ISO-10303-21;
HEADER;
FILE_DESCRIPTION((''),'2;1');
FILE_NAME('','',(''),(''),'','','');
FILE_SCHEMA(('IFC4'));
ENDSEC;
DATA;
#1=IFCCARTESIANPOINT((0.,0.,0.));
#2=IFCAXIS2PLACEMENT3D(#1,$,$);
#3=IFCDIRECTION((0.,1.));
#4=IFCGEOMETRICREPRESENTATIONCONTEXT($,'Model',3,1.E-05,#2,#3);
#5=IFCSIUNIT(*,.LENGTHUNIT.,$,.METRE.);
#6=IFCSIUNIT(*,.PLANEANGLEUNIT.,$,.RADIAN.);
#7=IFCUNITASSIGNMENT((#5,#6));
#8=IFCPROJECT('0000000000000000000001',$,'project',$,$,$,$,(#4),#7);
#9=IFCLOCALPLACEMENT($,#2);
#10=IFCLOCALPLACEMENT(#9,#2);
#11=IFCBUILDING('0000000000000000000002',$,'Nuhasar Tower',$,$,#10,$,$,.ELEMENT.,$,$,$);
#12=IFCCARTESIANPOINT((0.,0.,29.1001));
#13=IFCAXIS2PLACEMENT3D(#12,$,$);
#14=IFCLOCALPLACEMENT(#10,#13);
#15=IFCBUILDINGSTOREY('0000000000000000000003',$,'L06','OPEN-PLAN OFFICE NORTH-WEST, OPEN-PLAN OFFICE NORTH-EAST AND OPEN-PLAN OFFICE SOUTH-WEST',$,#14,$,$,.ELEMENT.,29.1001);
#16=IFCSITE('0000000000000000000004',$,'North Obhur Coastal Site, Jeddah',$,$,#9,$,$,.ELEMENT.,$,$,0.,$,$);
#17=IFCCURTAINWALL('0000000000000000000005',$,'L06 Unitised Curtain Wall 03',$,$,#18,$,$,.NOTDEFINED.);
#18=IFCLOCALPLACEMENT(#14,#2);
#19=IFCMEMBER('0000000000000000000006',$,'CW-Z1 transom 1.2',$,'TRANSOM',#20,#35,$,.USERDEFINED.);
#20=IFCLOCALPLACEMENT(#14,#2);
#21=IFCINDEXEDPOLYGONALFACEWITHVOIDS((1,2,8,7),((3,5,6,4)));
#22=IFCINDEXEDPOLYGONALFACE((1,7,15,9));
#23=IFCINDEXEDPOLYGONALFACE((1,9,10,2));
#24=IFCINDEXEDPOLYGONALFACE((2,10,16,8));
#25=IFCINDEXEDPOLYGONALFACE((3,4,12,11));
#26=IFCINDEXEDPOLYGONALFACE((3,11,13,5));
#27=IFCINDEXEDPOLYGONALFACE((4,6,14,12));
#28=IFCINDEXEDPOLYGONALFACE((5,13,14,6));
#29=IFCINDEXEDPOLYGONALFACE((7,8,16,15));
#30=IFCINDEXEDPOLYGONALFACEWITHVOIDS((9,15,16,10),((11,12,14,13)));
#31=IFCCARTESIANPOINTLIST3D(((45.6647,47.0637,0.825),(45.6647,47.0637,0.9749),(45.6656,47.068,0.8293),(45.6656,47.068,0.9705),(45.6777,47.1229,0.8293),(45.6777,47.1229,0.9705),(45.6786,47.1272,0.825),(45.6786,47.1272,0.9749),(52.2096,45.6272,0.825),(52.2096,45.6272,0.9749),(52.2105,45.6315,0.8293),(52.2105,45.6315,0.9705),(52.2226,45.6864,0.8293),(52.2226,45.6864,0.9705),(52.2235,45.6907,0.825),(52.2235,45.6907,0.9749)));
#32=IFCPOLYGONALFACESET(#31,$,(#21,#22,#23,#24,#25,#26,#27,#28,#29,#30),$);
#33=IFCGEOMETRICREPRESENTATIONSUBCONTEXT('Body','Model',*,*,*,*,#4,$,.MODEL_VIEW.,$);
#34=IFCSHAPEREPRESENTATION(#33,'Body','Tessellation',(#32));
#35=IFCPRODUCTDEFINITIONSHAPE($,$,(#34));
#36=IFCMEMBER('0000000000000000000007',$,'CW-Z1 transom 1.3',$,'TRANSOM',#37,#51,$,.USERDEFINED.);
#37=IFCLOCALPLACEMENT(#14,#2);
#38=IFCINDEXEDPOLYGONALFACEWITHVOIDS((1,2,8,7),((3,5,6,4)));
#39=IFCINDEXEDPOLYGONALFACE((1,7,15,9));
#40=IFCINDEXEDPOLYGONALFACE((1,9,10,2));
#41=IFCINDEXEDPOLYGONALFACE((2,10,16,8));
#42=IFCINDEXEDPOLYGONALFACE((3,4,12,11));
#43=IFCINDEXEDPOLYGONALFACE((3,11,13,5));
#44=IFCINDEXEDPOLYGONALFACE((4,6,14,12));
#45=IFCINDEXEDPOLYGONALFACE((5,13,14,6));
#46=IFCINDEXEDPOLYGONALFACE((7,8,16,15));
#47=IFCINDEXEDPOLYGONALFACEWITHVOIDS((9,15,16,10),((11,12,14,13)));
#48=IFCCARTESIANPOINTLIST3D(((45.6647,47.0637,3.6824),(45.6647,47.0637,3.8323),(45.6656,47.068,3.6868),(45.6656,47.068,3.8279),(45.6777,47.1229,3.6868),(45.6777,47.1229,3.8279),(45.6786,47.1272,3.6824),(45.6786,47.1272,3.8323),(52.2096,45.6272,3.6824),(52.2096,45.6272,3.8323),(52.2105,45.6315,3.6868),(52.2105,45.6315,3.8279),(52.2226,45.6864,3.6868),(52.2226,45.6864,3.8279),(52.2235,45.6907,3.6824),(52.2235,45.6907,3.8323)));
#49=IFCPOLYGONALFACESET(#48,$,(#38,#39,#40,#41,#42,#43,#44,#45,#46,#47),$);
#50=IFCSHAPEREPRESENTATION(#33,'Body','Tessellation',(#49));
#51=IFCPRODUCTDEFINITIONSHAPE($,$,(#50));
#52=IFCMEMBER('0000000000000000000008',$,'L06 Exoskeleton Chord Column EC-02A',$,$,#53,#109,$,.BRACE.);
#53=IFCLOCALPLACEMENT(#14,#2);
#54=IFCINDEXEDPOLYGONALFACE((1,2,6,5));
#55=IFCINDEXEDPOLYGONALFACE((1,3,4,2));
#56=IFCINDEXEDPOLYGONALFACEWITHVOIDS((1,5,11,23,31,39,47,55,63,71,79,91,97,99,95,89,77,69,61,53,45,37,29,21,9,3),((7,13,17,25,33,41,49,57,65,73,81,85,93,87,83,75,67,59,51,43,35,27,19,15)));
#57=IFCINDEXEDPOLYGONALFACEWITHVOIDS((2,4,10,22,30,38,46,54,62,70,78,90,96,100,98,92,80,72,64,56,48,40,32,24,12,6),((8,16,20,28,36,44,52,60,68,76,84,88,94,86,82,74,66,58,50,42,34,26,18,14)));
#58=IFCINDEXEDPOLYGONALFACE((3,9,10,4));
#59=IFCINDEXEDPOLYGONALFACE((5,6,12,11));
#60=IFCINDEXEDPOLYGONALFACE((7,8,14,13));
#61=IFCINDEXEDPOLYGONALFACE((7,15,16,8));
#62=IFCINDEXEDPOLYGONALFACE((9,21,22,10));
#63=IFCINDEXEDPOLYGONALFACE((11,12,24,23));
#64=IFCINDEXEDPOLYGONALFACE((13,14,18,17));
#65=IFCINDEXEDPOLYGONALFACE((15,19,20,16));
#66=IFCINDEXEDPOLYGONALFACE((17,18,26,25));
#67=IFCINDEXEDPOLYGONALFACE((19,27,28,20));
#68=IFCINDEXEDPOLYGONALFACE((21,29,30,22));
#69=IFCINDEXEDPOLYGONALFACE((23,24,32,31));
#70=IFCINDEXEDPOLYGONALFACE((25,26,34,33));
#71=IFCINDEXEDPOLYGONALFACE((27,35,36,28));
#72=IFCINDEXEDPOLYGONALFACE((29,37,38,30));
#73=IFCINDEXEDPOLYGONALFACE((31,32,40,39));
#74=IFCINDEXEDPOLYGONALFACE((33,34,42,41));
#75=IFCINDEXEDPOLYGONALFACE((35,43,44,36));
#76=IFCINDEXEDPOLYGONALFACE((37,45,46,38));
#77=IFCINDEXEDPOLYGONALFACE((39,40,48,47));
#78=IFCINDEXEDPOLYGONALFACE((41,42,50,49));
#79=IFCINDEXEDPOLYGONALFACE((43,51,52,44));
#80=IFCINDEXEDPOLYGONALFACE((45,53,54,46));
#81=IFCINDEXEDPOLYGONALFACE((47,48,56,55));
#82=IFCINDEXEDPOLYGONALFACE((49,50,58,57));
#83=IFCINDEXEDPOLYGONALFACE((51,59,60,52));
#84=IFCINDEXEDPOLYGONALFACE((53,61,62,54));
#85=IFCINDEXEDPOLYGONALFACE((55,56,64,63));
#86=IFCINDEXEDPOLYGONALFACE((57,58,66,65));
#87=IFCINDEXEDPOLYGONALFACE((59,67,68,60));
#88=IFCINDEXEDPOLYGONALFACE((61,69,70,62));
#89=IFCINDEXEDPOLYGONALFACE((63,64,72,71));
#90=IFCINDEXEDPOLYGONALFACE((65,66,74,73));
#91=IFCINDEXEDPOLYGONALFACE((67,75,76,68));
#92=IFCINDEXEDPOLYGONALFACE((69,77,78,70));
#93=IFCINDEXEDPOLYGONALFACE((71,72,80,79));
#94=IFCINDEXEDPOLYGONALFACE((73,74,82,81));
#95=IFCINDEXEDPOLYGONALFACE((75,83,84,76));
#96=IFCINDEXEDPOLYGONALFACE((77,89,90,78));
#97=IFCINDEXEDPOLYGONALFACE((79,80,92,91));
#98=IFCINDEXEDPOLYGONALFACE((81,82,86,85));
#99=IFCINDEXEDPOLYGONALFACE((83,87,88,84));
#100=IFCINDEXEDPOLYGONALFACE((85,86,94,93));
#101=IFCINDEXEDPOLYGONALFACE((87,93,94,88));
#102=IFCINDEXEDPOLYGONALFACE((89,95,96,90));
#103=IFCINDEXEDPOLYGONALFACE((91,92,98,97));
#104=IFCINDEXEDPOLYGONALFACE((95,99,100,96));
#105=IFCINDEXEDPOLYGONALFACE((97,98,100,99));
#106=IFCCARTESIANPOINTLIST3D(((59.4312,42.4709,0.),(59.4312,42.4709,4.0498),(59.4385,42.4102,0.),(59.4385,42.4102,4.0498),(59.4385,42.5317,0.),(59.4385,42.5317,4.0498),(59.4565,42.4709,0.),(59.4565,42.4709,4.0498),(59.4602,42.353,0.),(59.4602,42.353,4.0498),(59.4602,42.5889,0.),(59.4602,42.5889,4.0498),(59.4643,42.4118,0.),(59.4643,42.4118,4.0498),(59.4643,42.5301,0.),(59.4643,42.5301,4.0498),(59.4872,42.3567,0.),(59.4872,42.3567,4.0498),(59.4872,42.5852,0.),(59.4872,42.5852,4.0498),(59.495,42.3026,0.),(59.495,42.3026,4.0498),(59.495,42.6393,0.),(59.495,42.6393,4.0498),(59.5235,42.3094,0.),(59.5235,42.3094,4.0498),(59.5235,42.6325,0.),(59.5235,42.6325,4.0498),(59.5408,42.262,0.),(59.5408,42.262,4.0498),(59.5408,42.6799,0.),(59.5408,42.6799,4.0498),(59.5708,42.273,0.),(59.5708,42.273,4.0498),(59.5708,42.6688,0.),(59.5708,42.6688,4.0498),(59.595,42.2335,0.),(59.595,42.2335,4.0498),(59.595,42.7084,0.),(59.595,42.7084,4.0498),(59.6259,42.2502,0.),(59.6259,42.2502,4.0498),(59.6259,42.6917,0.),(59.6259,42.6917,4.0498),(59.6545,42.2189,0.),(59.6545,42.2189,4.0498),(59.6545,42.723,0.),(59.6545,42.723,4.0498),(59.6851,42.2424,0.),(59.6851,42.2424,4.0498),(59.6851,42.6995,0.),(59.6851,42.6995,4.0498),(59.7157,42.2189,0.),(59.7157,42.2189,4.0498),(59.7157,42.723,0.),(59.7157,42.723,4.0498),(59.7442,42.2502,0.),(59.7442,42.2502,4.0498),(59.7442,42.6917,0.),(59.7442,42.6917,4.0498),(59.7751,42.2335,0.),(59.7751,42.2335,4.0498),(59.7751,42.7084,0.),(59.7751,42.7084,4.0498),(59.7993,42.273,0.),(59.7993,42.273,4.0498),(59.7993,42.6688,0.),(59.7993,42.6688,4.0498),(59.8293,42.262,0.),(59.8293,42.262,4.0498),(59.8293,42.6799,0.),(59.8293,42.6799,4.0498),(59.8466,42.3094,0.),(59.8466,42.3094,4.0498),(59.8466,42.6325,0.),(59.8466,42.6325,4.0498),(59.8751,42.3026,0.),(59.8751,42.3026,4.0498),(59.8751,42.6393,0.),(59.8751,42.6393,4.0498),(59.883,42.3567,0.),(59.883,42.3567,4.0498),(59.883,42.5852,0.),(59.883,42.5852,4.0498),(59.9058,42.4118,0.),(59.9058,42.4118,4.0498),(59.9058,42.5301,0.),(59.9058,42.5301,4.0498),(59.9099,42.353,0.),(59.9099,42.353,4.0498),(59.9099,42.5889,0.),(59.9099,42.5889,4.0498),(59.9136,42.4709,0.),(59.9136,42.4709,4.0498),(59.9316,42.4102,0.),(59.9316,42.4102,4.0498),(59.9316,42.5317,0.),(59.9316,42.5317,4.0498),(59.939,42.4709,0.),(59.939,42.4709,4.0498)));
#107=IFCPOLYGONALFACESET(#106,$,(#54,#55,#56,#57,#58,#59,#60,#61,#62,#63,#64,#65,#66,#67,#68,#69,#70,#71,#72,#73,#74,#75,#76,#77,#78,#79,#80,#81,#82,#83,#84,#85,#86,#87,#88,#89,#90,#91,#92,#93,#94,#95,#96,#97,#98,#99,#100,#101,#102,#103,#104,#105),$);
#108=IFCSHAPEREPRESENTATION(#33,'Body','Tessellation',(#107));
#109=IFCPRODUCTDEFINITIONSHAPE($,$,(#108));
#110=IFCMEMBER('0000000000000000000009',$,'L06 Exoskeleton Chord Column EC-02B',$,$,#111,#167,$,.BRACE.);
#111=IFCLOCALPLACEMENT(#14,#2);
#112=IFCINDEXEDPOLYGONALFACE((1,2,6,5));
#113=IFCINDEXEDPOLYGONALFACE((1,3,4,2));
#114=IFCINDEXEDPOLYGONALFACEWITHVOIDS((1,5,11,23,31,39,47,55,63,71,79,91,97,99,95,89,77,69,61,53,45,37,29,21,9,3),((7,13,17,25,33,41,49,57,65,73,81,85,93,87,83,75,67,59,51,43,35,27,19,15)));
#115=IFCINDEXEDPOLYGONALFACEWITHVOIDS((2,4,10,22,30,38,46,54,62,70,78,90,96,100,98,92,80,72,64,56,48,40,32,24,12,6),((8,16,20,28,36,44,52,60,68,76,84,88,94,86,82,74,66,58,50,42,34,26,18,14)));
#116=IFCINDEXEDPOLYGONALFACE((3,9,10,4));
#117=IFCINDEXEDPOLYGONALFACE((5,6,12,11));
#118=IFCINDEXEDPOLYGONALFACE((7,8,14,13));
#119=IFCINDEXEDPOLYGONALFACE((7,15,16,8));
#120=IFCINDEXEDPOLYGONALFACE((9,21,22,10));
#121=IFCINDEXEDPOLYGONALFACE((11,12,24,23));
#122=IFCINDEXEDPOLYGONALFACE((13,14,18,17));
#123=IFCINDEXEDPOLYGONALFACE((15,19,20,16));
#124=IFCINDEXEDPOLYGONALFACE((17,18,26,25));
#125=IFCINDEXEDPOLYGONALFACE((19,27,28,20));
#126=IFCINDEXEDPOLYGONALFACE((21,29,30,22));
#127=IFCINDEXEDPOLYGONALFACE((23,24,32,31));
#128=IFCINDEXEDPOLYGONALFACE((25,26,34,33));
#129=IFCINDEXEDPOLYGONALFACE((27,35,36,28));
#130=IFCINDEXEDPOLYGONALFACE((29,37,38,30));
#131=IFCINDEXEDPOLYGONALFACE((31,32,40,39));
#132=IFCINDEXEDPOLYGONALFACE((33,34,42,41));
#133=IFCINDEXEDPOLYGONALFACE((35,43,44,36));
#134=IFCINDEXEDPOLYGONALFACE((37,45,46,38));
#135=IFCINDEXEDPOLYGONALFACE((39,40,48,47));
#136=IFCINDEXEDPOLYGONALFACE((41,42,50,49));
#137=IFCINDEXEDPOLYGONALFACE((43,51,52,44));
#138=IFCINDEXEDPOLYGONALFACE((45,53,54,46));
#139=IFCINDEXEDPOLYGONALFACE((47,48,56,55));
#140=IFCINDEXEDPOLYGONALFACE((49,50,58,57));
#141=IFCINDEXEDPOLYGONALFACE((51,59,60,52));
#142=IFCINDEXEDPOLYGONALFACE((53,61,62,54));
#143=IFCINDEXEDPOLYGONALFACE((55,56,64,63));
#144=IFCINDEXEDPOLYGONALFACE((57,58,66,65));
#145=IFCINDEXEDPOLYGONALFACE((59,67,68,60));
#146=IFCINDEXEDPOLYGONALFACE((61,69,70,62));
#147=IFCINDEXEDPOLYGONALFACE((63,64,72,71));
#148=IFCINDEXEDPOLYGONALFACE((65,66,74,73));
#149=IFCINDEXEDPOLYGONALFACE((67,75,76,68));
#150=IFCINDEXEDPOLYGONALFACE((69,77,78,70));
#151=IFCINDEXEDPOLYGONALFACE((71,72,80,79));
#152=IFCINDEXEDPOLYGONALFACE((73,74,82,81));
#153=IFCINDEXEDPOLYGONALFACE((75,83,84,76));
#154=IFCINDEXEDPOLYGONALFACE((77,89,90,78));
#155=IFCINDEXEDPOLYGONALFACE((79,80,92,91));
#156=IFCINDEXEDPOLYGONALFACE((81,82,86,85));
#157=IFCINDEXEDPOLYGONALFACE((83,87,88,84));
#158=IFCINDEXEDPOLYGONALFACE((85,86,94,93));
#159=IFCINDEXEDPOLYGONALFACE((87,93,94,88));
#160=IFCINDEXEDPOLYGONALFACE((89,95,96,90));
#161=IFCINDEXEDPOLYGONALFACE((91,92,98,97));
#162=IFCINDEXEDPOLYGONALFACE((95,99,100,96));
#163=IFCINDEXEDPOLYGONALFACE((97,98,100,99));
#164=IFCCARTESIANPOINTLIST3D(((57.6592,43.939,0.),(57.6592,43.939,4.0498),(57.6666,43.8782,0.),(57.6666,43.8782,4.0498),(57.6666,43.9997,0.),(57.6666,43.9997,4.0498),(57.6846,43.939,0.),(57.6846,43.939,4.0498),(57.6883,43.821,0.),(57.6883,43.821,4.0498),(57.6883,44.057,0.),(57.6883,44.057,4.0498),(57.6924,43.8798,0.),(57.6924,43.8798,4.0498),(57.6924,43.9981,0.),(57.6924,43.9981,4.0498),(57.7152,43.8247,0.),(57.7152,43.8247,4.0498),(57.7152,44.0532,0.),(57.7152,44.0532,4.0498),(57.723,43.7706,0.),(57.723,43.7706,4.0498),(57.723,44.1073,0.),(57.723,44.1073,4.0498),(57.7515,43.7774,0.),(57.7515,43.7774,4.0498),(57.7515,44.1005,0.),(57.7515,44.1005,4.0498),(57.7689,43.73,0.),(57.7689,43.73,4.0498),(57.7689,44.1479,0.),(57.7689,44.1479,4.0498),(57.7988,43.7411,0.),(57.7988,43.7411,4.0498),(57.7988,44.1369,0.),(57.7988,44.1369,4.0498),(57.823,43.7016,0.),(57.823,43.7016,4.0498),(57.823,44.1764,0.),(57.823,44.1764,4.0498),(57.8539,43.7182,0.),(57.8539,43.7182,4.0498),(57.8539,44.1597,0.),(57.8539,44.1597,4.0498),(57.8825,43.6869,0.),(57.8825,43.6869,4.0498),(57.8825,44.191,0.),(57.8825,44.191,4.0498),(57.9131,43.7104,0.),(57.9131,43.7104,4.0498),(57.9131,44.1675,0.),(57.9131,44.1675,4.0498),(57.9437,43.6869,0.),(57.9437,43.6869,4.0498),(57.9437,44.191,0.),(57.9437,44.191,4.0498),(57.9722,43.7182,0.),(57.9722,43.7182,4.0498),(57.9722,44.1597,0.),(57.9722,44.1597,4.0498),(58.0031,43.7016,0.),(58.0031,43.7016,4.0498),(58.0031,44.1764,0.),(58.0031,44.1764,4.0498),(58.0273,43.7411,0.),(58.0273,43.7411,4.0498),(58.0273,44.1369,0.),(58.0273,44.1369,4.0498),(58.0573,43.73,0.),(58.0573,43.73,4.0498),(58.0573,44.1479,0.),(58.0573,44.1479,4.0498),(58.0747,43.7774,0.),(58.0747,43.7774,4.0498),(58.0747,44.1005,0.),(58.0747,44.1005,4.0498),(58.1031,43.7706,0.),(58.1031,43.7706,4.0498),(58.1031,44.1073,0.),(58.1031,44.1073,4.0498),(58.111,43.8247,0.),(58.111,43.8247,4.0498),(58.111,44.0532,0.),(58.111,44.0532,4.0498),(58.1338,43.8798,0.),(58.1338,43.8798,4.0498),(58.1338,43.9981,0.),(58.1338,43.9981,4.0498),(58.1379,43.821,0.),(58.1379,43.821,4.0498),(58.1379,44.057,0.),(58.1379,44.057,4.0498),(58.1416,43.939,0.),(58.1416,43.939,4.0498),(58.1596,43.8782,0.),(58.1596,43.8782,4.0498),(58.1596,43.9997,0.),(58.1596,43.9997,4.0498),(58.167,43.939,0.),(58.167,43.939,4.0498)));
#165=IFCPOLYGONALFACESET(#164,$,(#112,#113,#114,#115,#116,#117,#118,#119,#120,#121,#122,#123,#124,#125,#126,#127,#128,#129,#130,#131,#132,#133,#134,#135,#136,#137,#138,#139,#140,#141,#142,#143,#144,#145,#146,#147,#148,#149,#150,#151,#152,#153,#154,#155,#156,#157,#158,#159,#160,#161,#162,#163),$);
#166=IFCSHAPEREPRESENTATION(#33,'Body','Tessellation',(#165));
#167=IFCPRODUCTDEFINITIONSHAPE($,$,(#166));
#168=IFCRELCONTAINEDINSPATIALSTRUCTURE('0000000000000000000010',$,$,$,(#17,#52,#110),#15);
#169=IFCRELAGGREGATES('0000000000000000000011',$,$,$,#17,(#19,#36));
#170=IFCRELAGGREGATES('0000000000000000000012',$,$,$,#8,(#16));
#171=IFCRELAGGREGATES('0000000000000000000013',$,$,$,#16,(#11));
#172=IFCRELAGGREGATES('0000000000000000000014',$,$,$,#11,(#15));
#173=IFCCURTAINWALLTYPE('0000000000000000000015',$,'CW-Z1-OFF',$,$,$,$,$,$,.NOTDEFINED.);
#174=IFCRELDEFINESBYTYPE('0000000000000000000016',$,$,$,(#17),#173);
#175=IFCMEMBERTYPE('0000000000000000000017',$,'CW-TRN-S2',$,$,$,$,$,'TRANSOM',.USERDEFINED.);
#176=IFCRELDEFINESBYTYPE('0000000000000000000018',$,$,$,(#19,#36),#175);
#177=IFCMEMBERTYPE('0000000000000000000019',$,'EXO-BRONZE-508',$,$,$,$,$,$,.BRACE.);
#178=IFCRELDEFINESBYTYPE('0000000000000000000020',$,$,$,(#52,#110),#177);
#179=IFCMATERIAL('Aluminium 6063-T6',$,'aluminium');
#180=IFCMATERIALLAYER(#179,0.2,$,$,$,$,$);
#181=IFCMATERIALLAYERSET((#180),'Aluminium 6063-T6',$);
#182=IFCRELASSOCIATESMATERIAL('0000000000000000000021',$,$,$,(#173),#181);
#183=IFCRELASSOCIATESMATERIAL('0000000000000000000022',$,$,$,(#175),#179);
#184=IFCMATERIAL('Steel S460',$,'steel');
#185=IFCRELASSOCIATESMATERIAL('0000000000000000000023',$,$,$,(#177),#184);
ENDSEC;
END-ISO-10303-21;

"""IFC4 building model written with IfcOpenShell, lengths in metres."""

from ifc_helpers import new_model, si_unit, direction, frame, origin, origin_2d, place, context, subcontext, project, spatial, hollow_rectangle, hollow_circle, extrude, material, layer, layer_set, material_profile, profile_set, type_object, element, aggregate, save


model = new_model("IFC4")

# Units and contexts
model_context = context("Model", 3, precision=1e-05, world=origin(), true_north=direction((0.0, 1.0)))
body_context = subcontext(model_context, "Body", "Model", "MODEL_VIEW")
ifc_project = project(units=[si_unit("LENGTHUNIT", "METRE"), si_unit("PLANEANGLEUNIT", "RADIAN")], contexts=[model_context])

# Site, building, storey
site_placement = place(None, origin())
site = spatial("IfcSite", under=ifc_project, at=site_placement, Name="North Obhur Coastal Site, Jeddah", CompositionType="ELEMENT", RefElevation=0.0)
building_placement = place(site_placement, origin())
building = spatial("IfcBuilding", under=site, at=building_placement, Name="Nuhasar Tower", CompositionType="ELEMENT")
storey_placement = place(building_placement, frame((0.0, 0.0, 29.1001)))
storey = spatial("IfcBuildingStorey", under=building, at=storey_placement, Name="L06", Description="OPEN-PLAN OFFICE NORTH-WEST, OPEN-PLAN OFFICE NORTH-EAST AND OPEN-PLAN OFFICE SOUTH-WEST", CompositionType="ELEMENT", Elevation=29.1001)

# Shared definitions
ifc_material_1 = material(Name="Aluminium 6063-T6", Category="aluminium")
ifc_layer_1 = layer(ifc_material_1, 0.2)
ifc_layer_set_1 = layer_set([ifc_layer_1], Name="Aluminium 6063-T6")
curtain_wall_type = type_object("IfcCurtainWallType", Name="CW-Z1-OFF", PredefinedType="NOTDEFINED", material=ifc_layer_set_1)

# Curtain wall
curtain_wall_1_placement = place(storey_placement, origin())
curtain_wall_1 = element("IfcCurtainWall", 1, at=curtain_wall_1_placement, inside=storey, type_object=curtain_wall_type, Name="L06 Unitised Curtain Wall 03", PredefinedType="NOTDEFINED")

# Members
ifc_material_profile_1 = material_profile(ifc_material_1, hollow_rectangle(XDim=0.0649, YDim=0.1499, WallThickness=0.0044, at=origin_2d()), Name="CWT-2")
ifc_profile_set_1 = profile_set([ifc_material_profile_1], Name="Aluminium 6063-T6")
member_type_1 = type_object("IfcMemberType", Name="CW-TRN-S2", ElementType="TRANSOM", PredefinedType="USERDEFINED", material=ifc_profile_set_1)
member_1_placement = place(storey_placement, frame((52.2166, 45.6589, 0.8999), z_axis=(-0.97675, 0.214384, 0.0), x_axis=(-0.214384, -0.97675, 0.0)))
member_1 = element("IfcMember", 2, at=member_1_placement, type_object=member_type_1, Name="CW-Z1 transom 1.2", ObjectType="TRANSOM", PredefinedType="USERDEFINED", context=body_context, shape_type="SweptSolid", body=[
    extrude(hollow_rectangle(XDim=0.0649, YDim=0.1499, WallThickness=0.0044, at=origin_2d()), origin(), (0.0, 0.0, 1.0), 6.7007),
])
member_2_placement = place(storey_placement, frame((52.2166, 45.6589, 3.7573), z_axis=(-0.97675, 0.214384, 0.0), x_axis=(-0.214384, -0.97675, 0.0)))
member_2 = element("IfcMember", 3, at=member_2_placement, type_object=member_type_1, Name="CW-Z1 transom 1.3", ObjectType="TRANSOM", PredefinedType="USERDEFINED", context=body_context, shape_type="SweptSolid", body=[
    extrude(hollow_rectangle(XDim=0.0649, YDim=0.1499, WallThickness=0.0044, at=origin_2d()), origin(), (0.0, 0.0, 1.0), 6.7007),
])
aggregate(curtain_wall_1, [member_1, member_2])

# Members
ifc_material_2 = material(Name="Steel S460", Category="steel")
ifc_material_profile_2 = material_profile(ifc_material_2, hollow_circle(Radius=0.2539, WallThickness=0.0254, at=origin_2d()), Name="HSS508X25.4")
ifc_profile_set_2 = profile_set([ifc_material_profile_2], Name="Steel S460")
member_type_2 = type_object("IfcMemberType", Name="EXO-BRONZE-508", PredefinedType="BRACE", material=ifc_profile_set_2)
for number, where, z_axis, x_axis, name in (
    (4, (59.6851, 42.4709, 0.0), (0.0, 0.0, 1.0), (1.0, 0.0, 0.0), "L06 Exoskeleton Chord Column EC-02A"),
    (5, (57.9131, 43.939, 0.0), (0.0, 0.0, 1.0), (1.0, 0.0, 0.0), "L06 Exoskeleton Chord Column EC-02B"),
):
    element("IfcMember", number, at=place(storey_placement, frame(where, z_axis=z_axis, x_axis=x_axis)), inside=storey, type_object=member_type_2, Name=name, PredefinedType="BRACE", context=body_context, shape_type="SweptSolid", body=[
        extrude(hollow_circle(Radius=0.2539, WallThickness=0.0254, at=origin_2d()), origin(), (0.0, 0.0, 1.0), 4.0498),
    ])

save(model, "model.ifc")
